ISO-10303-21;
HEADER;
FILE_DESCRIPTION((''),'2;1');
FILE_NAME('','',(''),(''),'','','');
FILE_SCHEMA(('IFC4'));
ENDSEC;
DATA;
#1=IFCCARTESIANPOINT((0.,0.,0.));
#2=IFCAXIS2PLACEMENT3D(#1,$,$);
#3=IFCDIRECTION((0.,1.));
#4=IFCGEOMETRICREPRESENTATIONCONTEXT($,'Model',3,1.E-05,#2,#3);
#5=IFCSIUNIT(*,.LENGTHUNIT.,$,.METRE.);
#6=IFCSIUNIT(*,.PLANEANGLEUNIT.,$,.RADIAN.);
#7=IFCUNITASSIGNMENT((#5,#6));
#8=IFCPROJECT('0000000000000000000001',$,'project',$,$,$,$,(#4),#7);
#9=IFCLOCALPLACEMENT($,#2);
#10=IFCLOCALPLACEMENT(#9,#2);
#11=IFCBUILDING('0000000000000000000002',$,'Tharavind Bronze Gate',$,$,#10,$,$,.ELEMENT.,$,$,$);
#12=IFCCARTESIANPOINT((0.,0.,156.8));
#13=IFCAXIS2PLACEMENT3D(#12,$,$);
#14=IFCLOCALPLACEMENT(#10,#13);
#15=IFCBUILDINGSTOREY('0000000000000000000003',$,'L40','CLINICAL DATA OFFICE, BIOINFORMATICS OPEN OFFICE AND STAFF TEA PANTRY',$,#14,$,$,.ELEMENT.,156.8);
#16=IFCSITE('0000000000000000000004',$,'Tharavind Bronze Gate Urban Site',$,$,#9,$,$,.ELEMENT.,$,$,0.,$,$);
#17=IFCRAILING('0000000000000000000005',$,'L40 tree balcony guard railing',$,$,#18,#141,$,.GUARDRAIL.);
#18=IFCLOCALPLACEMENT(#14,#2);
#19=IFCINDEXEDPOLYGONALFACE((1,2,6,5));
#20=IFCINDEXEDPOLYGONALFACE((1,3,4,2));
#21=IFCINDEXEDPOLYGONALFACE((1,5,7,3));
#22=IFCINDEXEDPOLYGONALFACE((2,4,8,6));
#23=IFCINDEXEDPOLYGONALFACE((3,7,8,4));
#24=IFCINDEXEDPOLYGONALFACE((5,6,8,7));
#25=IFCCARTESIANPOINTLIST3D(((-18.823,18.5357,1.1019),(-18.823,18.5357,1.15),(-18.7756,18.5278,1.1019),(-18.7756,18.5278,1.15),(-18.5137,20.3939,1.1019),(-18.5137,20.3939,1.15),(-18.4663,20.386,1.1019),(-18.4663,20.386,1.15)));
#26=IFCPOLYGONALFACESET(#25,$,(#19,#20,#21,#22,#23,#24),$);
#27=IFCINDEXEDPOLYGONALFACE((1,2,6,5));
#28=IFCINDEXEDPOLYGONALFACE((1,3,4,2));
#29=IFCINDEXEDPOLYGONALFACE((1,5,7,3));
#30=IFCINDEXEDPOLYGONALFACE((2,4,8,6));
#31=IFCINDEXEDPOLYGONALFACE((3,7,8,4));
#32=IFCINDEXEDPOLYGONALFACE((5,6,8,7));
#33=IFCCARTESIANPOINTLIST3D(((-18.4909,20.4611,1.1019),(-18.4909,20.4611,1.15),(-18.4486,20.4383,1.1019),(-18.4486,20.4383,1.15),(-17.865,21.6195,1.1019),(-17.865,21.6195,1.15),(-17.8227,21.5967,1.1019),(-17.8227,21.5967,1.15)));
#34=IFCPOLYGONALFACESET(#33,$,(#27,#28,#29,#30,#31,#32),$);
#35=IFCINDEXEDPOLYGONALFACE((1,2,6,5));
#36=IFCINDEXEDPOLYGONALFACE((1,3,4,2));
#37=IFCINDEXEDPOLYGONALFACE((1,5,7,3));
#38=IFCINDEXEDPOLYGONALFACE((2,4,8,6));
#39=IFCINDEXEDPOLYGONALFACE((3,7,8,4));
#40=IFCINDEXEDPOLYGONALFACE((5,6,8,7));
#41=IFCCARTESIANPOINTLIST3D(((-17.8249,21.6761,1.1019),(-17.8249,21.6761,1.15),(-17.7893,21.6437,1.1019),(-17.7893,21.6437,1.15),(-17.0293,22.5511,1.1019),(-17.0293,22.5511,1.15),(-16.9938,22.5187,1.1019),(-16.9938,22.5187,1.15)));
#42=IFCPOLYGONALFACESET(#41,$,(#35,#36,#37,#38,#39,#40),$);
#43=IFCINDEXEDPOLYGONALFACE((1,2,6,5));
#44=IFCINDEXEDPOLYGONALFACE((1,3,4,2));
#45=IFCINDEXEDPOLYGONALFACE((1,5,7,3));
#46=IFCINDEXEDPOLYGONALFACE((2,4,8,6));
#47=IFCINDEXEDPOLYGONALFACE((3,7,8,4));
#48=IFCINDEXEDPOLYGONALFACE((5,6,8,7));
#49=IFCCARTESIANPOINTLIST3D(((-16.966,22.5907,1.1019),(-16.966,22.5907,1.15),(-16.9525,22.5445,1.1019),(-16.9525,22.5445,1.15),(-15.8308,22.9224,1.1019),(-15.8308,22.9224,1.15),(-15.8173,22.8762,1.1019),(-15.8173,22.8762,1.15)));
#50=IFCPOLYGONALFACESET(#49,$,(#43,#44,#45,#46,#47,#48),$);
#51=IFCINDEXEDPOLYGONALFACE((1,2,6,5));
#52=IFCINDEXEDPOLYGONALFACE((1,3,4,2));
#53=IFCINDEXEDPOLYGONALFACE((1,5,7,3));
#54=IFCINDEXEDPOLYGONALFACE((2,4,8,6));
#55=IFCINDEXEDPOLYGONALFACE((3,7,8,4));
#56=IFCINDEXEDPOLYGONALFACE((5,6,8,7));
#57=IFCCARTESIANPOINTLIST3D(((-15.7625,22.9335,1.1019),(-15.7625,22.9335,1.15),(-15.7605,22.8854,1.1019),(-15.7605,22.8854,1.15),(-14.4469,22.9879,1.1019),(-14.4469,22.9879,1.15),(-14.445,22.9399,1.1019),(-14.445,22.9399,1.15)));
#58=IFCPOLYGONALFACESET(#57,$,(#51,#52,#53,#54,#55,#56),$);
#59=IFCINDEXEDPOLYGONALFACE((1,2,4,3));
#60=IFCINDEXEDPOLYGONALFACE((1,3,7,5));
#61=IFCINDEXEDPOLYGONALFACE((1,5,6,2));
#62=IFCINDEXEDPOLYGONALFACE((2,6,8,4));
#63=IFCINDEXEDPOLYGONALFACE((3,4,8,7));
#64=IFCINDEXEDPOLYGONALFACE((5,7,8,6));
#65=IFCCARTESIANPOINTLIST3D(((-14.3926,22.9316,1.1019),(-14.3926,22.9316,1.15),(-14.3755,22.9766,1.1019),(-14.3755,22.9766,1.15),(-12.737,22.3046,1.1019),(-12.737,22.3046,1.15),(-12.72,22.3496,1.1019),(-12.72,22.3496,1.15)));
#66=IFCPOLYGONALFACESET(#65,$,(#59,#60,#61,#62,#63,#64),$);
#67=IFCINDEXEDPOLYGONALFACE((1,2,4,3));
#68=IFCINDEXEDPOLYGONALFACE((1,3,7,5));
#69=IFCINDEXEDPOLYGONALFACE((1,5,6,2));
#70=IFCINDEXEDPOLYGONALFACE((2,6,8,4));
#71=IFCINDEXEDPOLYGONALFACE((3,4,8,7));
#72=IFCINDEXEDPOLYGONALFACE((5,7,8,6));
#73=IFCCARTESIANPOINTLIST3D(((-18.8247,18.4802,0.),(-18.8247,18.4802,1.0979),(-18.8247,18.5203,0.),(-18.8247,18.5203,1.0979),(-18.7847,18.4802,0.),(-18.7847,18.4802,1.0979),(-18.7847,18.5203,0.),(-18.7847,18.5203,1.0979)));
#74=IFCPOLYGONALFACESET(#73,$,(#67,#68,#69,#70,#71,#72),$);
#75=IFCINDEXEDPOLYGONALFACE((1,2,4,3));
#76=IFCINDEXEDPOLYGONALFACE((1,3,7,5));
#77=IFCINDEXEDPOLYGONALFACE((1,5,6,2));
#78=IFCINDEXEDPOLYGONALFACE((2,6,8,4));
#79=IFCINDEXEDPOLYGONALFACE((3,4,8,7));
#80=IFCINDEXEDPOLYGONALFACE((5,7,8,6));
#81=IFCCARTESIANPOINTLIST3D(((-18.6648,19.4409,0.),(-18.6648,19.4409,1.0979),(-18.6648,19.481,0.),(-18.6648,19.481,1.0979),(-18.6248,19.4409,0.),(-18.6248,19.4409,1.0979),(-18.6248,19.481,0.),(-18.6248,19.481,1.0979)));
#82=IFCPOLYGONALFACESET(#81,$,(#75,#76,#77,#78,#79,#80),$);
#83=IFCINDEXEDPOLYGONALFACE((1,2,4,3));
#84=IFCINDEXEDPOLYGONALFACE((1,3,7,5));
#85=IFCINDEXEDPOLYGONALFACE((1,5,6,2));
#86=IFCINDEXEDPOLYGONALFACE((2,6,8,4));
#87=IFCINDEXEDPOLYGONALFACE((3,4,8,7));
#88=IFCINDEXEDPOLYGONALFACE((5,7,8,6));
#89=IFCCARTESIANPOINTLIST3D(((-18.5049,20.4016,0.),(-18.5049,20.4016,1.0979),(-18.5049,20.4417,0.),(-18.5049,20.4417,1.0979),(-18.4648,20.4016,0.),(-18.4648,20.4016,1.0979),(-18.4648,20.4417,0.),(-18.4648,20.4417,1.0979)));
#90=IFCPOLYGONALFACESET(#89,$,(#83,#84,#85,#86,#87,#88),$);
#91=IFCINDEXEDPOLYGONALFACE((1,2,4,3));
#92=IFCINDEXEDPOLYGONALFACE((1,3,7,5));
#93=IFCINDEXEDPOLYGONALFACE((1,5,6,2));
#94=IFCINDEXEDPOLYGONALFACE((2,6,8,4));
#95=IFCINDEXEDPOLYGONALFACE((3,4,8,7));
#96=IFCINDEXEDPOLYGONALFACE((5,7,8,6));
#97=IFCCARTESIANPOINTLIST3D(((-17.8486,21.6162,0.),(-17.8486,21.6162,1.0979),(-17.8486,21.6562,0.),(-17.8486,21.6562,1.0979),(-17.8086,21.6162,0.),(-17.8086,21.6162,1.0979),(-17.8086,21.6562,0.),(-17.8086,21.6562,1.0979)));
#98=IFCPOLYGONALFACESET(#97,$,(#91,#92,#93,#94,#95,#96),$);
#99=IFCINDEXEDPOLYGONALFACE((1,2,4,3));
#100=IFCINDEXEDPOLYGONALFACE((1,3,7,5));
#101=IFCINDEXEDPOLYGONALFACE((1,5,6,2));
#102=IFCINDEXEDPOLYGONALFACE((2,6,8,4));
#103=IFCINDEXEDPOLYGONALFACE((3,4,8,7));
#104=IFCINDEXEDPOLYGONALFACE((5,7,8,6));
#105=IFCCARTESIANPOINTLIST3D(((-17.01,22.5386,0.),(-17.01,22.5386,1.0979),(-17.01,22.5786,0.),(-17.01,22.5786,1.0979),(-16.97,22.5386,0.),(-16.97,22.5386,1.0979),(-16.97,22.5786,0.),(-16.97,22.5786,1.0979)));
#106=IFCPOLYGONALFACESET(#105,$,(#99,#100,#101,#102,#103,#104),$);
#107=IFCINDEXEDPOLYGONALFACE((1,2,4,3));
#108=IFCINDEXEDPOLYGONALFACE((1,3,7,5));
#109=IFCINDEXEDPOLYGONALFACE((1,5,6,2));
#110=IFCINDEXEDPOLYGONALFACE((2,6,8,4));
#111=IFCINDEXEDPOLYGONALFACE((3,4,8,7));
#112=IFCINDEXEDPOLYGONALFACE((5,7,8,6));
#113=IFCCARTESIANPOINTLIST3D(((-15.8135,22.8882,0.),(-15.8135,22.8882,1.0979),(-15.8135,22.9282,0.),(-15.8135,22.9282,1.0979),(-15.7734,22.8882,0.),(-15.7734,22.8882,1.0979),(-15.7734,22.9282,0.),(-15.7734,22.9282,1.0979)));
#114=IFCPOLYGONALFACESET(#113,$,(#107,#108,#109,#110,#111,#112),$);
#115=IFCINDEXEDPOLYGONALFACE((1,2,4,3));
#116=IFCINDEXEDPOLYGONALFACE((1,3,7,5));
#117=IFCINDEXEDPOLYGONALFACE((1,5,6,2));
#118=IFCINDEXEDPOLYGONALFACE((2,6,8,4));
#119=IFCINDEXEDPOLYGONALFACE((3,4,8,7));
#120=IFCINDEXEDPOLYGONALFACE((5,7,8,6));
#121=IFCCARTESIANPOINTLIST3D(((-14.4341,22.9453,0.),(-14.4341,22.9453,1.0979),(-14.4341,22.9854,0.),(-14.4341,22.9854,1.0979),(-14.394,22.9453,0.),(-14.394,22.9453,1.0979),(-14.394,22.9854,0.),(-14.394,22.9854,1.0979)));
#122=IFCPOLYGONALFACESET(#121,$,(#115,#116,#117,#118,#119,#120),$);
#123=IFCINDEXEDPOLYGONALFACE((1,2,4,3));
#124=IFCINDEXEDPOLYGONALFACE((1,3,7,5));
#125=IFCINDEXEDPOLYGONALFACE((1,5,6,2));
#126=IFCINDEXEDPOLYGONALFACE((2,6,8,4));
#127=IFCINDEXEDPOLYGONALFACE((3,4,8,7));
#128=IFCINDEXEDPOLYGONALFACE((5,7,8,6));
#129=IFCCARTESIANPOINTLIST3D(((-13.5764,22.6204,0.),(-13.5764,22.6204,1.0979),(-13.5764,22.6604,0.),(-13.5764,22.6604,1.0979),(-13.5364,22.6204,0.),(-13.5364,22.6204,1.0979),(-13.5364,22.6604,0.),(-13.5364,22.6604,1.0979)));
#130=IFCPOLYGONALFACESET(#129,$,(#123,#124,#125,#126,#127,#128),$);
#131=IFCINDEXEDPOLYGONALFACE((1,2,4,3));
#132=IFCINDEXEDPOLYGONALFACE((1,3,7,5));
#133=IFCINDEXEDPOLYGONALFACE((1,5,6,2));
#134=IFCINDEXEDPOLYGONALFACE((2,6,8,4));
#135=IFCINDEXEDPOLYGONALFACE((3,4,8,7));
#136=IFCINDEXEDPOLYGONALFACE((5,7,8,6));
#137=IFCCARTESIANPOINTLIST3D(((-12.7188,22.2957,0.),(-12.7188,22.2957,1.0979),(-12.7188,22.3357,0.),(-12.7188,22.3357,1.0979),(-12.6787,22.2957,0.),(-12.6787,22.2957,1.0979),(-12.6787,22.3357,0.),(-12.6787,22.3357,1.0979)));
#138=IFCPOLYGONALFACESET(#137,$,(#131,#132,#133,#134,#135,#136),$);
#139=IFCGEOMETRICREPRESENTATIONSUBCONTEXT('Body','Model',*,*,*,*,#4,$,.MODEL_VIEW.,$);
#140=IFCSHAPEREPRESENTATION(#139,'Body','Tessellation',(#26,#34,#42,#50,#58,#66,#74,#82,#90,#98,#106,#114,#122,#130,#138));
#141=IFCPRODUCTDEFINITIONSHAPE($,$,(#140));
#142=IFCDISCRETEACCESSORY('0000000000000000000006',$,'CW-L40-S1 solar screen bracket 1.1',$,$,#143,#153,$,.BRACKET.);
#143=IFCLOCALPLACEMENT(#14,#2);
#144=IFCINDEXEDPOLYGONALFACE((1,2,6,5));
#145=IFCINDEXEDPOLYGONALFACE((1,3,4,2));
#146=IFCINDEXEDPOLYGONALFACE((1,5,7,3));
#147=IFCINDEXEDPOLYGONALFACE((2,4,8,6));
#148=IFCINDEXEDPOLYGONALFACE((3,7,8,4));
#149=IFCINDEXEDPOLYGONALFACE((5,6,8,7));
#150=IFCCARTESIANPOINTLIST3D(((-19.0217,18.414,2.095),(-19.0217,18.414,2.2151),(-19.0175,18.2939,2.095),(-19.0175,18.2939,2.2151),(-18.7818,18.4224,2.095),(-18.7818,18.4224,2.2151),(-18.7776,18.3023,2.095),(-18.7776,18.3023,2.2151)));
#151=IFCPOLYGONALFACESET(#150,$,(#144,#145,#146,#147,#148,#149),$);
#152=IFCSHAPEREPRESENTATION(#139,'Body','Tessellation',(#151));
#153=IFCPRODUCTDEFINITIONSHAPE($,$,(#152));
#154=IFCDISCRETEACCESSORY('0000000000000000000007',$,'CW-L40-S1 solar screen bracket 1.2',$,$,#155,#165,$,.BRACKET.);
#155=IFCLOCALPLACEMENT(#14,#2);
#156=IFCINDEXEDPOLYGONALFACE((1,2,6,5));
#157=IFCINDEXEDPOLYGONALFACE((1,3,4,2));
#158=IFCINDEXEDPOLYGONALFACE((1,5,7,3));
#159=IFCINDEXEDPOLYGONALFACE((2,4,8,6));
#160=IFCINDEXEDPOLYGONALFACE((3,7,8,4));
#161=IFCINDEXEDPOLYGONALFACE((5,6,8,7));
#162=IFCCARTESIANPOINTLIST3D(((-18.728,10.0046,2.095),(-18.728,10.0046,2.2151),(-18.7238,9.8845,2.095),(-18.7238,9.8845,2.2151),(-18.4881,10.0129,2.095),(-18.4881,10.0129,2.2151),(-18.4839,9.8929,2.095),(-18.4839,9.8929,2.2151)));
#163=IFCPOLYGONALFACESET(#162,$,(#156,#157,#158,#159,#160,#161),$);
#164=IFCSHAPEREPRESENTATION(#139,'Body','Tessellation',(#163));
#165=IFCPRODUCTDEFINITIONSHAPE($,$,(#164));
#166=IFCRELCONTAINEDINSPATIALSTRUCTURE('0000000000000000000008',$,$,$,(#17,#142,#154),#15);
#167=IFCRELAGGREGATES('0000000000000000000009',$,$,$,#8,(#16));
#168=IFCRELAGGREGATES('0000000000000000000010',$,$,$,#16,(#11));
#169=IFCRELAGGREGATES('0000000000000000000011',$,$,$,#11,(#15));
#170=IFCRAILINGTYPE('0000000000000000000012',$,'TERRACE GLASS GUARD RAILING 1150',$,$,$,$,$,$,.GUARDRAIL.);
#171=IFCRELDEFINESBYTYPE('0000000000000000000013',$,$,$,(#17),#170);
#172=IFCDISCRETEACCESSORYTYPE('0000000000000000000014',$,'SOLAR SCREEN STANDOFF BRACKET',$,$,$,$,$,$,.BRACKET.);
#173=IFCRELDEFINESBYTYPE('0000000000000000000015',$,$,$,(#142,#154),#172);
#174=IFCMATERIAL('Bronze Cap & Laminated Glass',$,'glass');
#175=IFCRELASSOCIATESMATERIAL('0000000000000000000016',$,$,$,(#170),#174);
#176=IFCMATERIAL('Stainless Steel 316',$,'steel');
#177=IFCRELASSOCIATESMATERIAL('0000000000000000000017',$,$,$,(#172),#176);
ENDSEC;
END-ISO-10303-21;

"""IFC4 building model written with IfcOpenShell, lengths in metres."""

from ifc_helpers import new_model, si_unit, direction, frame, origin, origin_2d, place, context, subcontext, project, spatial, rectangle, extrude, material, type_object, element, save


model = new_model("IFC4")

# Units and contexts
model_context = context("Model", 3, precision=1e-05, world=origin(), true_north=direction((0.0, 1.0)))
body_context = subcontext(model_context, "Body", "Model", "MODEL_VIEW")
ifc_project = project(units=[si_unit("LENGTHUNIT", "METRE"), si_unit("PLANEANGLEUNIT", "RADIAN")], contexts=[model_context])

# Site, building, storey
site_placement = place(None, origin())
site = spatial("IfcSite", under=ifc_project, at=site_placement, Name="Tharavind Bronze Gate Urban Site", CompositionType="ELEMENT", RefElevation=0.0)
building_placement = place(site_placement, origin())
building = spatial("IfcBuilding", under=site, at=building_placement, Name="Tharavind Bronze Gate", CompositionType="ELEMENT")
storey_placement = place(building_placement, frame((0.0, 0.0, 156.8)))
storey = spatial("IfcBuildingStorey", under=building, at=storey_placement, Name="L40", Description="CLINICAL DATA OFFICE, BIOINFORMATICS OPEN OFFICE AND STAFF TEA PANTRY", CompositionType="ELEMENT", Elevation=156.8)

# Railing
ifc_material_1 = material(Name="Bronze Cap & Laminated Glass", Category="glass")
railing_type = type_object("IfcRailingType", Name="TERRACE GLASS GUARD RAILING 1150", PredefinedType="GUARDRAIL", material=ifc_material_1)
railing_placement = place(storey_placement, frame((-18.8047, 18.5002, 0.0)))
element("IfcRailing", 1, at=railing_placement, inside=storey, type_object=railing_type, Name="L40 tree balcony guard railing", PredefinedType="GUARDRAIL", context=body_context, shape_type="SweptSolid", body=[
    extrude(rectangle(XDim=0.0481, YDim=0.0481, at=origin_2d()), frame((0.0054, 0.0315, 1.126), z_axis=(0.164196, 0.986428, 0.0), x_axis=(-0.986428, 0.164196, 0.0)), (0.0, 0.0, 1.0), 1.8838),
    extrude(rectangle(XDim=0.0481, YDim=0.0481, at=origin_2d()), frame((0.335, 1.9495, 1.126), z_axis=(0.475354, 0.879794, 0.0), x_axis=(-0.879794, 0.475354, 0.0)), (0.0, 0.0, 1.0), 1.3167),
    extrude(rectangle(XDim=0.0481, YDim=0.0481, at=origin_2d()), frame((0.9976, 3.1597, 1.126), z_axis=(0.672722, 0.739896, 0.0), x_axis=(-0.739896, 0.672722, 0.0)), (0.0, 0.0, 1.0), 1.1826),
    extrude(rectangle(XDim=0.0481, YDim=0.0481, at=origin_2d()), frame((1.8455, 4.0674, 1.126), z_axis=(0.959866, 0.280459, 0.0), x_axis=(-0.280459, 0.959866, 0.0)), (0.0, 0.0, 1.0), 1.1826),
    extrude(rectangle(XDim=0.0481, YDim=0.0481, at=origin_2d()), frame((3.0432, 4.4092, 1.126), z_axis=(0.999143, 0.04138, 0.0), x_axis=(-0.04138, 0.999143, 0.0)), (0.0, 0.0, 1.0), 1.3167),
    extrude(rectangle(XDim=0.0481, YDim=0.0481, at=origin_2d()), frame((4.4207, 4.4539, 1.126), z_axis=(0.935175, -0.354185, 0.0), x_axis=(0.354185, 0.935175, 0.0)), (0.0, 0.0, 1.0), 1.7703),
    extrude(rectangle(XDim=0.04, YDim=0.04, at=origin_2d()), origin(), (0.0, 0.0, 1.0), 1.0979),
    extrude(rectangle(XDim=0.04, YDim=0.04, at=origin_2d()), frame((0.1599, 0.9607, 0.0)), (0.0, 0.0, 1.0), 1.0979),
    extrude(rectangle(XDim=0.04, YDim=0.04, at=origin_2d()), frame((0.3198, 1.9214, 0.0)), (0.0, 0.0, 1.0), 1.0979),
    extrude(rectangle(XDim=0.04, YDim=0.04, at=origin_2d()), frame((0.9761, 3.136, 0.0)), (0.0, 0.0, 1.0), 1.0979),
    extrude(rectangle(XDim=0.04, YDim=0.04, at=origin_2d()), frame((1.8147, 4.0583, 0.0)), (0.0, 0.0, 1.0), 1.0979),
    extrude(rectangle(XDim=0.04, YDim=0.04, at=origin_2d()), frame((3.0112, 4.408, 0.0)), (0.0, 0.0, 1.0), 1.0979),
    extrude(rectangle(XDim=0.04, YDim=0.04, at=origin_2d()), frame((4.3906, 4.4651, 0.0)), (0.0, 0.0, 1.0), 1.0979),
    extrude(rectangle(XDim=0.04, YDim=0.04, at=origin_2d()), frame((5.2483, 4.1401, 0.0)), (0.0, 0.0, 1.0), 1.0979),
    extrude(rectangle(XDim=0.04, YDim=0.04, at=origin_2d()), frame((6.106, 3.8154, 0.0)), (0.0, 0.0, 1.0), 1.0979),
])

# Discrete accessories
ifc_material_2 = material(Name="Stainless Steel 316", Category="steel")
discrete_accessory_type = type_object("IfcDiscreteAccessoryType", Name="SOLAR SCREEN STANDOFF BRACKET", PredefinedType="BRACKET", material=ifc_material_2)
for number, where, z_axis, x_axis, name in (
    (2, (-18.8997, 18.3582, 2.095), (0.0, 0.0, 1.0), (0.034899, -0.999391, 0.0), "CW-L40-S1 solar screen bracket 1.1"),
    (3, (-18.606, 9.9487, 2.095), (0.0, 0.0, 1.0), (0.034899, -0.999391, 0.0), "CW-L40-S1 solar screen bracket 1.2"),
):
    element("IfcDiscreteAccessory", number, at=place(storey_placement, frame(where, z_axis=z_axis, x_axis=x_axis)), inside=storey, type_object=discrete_accessory_type, Name=name, PredefinedType="BRACKET", context=body_context, shape_type="SweptSolid", body=[
        extrude(rectangle(XDim=0.1201, YDim=0.24, at=origin_2d()), origin(), (0.0, 0.0, 1.0), 0.1201),
    ])

save(model, "model.ifc")
